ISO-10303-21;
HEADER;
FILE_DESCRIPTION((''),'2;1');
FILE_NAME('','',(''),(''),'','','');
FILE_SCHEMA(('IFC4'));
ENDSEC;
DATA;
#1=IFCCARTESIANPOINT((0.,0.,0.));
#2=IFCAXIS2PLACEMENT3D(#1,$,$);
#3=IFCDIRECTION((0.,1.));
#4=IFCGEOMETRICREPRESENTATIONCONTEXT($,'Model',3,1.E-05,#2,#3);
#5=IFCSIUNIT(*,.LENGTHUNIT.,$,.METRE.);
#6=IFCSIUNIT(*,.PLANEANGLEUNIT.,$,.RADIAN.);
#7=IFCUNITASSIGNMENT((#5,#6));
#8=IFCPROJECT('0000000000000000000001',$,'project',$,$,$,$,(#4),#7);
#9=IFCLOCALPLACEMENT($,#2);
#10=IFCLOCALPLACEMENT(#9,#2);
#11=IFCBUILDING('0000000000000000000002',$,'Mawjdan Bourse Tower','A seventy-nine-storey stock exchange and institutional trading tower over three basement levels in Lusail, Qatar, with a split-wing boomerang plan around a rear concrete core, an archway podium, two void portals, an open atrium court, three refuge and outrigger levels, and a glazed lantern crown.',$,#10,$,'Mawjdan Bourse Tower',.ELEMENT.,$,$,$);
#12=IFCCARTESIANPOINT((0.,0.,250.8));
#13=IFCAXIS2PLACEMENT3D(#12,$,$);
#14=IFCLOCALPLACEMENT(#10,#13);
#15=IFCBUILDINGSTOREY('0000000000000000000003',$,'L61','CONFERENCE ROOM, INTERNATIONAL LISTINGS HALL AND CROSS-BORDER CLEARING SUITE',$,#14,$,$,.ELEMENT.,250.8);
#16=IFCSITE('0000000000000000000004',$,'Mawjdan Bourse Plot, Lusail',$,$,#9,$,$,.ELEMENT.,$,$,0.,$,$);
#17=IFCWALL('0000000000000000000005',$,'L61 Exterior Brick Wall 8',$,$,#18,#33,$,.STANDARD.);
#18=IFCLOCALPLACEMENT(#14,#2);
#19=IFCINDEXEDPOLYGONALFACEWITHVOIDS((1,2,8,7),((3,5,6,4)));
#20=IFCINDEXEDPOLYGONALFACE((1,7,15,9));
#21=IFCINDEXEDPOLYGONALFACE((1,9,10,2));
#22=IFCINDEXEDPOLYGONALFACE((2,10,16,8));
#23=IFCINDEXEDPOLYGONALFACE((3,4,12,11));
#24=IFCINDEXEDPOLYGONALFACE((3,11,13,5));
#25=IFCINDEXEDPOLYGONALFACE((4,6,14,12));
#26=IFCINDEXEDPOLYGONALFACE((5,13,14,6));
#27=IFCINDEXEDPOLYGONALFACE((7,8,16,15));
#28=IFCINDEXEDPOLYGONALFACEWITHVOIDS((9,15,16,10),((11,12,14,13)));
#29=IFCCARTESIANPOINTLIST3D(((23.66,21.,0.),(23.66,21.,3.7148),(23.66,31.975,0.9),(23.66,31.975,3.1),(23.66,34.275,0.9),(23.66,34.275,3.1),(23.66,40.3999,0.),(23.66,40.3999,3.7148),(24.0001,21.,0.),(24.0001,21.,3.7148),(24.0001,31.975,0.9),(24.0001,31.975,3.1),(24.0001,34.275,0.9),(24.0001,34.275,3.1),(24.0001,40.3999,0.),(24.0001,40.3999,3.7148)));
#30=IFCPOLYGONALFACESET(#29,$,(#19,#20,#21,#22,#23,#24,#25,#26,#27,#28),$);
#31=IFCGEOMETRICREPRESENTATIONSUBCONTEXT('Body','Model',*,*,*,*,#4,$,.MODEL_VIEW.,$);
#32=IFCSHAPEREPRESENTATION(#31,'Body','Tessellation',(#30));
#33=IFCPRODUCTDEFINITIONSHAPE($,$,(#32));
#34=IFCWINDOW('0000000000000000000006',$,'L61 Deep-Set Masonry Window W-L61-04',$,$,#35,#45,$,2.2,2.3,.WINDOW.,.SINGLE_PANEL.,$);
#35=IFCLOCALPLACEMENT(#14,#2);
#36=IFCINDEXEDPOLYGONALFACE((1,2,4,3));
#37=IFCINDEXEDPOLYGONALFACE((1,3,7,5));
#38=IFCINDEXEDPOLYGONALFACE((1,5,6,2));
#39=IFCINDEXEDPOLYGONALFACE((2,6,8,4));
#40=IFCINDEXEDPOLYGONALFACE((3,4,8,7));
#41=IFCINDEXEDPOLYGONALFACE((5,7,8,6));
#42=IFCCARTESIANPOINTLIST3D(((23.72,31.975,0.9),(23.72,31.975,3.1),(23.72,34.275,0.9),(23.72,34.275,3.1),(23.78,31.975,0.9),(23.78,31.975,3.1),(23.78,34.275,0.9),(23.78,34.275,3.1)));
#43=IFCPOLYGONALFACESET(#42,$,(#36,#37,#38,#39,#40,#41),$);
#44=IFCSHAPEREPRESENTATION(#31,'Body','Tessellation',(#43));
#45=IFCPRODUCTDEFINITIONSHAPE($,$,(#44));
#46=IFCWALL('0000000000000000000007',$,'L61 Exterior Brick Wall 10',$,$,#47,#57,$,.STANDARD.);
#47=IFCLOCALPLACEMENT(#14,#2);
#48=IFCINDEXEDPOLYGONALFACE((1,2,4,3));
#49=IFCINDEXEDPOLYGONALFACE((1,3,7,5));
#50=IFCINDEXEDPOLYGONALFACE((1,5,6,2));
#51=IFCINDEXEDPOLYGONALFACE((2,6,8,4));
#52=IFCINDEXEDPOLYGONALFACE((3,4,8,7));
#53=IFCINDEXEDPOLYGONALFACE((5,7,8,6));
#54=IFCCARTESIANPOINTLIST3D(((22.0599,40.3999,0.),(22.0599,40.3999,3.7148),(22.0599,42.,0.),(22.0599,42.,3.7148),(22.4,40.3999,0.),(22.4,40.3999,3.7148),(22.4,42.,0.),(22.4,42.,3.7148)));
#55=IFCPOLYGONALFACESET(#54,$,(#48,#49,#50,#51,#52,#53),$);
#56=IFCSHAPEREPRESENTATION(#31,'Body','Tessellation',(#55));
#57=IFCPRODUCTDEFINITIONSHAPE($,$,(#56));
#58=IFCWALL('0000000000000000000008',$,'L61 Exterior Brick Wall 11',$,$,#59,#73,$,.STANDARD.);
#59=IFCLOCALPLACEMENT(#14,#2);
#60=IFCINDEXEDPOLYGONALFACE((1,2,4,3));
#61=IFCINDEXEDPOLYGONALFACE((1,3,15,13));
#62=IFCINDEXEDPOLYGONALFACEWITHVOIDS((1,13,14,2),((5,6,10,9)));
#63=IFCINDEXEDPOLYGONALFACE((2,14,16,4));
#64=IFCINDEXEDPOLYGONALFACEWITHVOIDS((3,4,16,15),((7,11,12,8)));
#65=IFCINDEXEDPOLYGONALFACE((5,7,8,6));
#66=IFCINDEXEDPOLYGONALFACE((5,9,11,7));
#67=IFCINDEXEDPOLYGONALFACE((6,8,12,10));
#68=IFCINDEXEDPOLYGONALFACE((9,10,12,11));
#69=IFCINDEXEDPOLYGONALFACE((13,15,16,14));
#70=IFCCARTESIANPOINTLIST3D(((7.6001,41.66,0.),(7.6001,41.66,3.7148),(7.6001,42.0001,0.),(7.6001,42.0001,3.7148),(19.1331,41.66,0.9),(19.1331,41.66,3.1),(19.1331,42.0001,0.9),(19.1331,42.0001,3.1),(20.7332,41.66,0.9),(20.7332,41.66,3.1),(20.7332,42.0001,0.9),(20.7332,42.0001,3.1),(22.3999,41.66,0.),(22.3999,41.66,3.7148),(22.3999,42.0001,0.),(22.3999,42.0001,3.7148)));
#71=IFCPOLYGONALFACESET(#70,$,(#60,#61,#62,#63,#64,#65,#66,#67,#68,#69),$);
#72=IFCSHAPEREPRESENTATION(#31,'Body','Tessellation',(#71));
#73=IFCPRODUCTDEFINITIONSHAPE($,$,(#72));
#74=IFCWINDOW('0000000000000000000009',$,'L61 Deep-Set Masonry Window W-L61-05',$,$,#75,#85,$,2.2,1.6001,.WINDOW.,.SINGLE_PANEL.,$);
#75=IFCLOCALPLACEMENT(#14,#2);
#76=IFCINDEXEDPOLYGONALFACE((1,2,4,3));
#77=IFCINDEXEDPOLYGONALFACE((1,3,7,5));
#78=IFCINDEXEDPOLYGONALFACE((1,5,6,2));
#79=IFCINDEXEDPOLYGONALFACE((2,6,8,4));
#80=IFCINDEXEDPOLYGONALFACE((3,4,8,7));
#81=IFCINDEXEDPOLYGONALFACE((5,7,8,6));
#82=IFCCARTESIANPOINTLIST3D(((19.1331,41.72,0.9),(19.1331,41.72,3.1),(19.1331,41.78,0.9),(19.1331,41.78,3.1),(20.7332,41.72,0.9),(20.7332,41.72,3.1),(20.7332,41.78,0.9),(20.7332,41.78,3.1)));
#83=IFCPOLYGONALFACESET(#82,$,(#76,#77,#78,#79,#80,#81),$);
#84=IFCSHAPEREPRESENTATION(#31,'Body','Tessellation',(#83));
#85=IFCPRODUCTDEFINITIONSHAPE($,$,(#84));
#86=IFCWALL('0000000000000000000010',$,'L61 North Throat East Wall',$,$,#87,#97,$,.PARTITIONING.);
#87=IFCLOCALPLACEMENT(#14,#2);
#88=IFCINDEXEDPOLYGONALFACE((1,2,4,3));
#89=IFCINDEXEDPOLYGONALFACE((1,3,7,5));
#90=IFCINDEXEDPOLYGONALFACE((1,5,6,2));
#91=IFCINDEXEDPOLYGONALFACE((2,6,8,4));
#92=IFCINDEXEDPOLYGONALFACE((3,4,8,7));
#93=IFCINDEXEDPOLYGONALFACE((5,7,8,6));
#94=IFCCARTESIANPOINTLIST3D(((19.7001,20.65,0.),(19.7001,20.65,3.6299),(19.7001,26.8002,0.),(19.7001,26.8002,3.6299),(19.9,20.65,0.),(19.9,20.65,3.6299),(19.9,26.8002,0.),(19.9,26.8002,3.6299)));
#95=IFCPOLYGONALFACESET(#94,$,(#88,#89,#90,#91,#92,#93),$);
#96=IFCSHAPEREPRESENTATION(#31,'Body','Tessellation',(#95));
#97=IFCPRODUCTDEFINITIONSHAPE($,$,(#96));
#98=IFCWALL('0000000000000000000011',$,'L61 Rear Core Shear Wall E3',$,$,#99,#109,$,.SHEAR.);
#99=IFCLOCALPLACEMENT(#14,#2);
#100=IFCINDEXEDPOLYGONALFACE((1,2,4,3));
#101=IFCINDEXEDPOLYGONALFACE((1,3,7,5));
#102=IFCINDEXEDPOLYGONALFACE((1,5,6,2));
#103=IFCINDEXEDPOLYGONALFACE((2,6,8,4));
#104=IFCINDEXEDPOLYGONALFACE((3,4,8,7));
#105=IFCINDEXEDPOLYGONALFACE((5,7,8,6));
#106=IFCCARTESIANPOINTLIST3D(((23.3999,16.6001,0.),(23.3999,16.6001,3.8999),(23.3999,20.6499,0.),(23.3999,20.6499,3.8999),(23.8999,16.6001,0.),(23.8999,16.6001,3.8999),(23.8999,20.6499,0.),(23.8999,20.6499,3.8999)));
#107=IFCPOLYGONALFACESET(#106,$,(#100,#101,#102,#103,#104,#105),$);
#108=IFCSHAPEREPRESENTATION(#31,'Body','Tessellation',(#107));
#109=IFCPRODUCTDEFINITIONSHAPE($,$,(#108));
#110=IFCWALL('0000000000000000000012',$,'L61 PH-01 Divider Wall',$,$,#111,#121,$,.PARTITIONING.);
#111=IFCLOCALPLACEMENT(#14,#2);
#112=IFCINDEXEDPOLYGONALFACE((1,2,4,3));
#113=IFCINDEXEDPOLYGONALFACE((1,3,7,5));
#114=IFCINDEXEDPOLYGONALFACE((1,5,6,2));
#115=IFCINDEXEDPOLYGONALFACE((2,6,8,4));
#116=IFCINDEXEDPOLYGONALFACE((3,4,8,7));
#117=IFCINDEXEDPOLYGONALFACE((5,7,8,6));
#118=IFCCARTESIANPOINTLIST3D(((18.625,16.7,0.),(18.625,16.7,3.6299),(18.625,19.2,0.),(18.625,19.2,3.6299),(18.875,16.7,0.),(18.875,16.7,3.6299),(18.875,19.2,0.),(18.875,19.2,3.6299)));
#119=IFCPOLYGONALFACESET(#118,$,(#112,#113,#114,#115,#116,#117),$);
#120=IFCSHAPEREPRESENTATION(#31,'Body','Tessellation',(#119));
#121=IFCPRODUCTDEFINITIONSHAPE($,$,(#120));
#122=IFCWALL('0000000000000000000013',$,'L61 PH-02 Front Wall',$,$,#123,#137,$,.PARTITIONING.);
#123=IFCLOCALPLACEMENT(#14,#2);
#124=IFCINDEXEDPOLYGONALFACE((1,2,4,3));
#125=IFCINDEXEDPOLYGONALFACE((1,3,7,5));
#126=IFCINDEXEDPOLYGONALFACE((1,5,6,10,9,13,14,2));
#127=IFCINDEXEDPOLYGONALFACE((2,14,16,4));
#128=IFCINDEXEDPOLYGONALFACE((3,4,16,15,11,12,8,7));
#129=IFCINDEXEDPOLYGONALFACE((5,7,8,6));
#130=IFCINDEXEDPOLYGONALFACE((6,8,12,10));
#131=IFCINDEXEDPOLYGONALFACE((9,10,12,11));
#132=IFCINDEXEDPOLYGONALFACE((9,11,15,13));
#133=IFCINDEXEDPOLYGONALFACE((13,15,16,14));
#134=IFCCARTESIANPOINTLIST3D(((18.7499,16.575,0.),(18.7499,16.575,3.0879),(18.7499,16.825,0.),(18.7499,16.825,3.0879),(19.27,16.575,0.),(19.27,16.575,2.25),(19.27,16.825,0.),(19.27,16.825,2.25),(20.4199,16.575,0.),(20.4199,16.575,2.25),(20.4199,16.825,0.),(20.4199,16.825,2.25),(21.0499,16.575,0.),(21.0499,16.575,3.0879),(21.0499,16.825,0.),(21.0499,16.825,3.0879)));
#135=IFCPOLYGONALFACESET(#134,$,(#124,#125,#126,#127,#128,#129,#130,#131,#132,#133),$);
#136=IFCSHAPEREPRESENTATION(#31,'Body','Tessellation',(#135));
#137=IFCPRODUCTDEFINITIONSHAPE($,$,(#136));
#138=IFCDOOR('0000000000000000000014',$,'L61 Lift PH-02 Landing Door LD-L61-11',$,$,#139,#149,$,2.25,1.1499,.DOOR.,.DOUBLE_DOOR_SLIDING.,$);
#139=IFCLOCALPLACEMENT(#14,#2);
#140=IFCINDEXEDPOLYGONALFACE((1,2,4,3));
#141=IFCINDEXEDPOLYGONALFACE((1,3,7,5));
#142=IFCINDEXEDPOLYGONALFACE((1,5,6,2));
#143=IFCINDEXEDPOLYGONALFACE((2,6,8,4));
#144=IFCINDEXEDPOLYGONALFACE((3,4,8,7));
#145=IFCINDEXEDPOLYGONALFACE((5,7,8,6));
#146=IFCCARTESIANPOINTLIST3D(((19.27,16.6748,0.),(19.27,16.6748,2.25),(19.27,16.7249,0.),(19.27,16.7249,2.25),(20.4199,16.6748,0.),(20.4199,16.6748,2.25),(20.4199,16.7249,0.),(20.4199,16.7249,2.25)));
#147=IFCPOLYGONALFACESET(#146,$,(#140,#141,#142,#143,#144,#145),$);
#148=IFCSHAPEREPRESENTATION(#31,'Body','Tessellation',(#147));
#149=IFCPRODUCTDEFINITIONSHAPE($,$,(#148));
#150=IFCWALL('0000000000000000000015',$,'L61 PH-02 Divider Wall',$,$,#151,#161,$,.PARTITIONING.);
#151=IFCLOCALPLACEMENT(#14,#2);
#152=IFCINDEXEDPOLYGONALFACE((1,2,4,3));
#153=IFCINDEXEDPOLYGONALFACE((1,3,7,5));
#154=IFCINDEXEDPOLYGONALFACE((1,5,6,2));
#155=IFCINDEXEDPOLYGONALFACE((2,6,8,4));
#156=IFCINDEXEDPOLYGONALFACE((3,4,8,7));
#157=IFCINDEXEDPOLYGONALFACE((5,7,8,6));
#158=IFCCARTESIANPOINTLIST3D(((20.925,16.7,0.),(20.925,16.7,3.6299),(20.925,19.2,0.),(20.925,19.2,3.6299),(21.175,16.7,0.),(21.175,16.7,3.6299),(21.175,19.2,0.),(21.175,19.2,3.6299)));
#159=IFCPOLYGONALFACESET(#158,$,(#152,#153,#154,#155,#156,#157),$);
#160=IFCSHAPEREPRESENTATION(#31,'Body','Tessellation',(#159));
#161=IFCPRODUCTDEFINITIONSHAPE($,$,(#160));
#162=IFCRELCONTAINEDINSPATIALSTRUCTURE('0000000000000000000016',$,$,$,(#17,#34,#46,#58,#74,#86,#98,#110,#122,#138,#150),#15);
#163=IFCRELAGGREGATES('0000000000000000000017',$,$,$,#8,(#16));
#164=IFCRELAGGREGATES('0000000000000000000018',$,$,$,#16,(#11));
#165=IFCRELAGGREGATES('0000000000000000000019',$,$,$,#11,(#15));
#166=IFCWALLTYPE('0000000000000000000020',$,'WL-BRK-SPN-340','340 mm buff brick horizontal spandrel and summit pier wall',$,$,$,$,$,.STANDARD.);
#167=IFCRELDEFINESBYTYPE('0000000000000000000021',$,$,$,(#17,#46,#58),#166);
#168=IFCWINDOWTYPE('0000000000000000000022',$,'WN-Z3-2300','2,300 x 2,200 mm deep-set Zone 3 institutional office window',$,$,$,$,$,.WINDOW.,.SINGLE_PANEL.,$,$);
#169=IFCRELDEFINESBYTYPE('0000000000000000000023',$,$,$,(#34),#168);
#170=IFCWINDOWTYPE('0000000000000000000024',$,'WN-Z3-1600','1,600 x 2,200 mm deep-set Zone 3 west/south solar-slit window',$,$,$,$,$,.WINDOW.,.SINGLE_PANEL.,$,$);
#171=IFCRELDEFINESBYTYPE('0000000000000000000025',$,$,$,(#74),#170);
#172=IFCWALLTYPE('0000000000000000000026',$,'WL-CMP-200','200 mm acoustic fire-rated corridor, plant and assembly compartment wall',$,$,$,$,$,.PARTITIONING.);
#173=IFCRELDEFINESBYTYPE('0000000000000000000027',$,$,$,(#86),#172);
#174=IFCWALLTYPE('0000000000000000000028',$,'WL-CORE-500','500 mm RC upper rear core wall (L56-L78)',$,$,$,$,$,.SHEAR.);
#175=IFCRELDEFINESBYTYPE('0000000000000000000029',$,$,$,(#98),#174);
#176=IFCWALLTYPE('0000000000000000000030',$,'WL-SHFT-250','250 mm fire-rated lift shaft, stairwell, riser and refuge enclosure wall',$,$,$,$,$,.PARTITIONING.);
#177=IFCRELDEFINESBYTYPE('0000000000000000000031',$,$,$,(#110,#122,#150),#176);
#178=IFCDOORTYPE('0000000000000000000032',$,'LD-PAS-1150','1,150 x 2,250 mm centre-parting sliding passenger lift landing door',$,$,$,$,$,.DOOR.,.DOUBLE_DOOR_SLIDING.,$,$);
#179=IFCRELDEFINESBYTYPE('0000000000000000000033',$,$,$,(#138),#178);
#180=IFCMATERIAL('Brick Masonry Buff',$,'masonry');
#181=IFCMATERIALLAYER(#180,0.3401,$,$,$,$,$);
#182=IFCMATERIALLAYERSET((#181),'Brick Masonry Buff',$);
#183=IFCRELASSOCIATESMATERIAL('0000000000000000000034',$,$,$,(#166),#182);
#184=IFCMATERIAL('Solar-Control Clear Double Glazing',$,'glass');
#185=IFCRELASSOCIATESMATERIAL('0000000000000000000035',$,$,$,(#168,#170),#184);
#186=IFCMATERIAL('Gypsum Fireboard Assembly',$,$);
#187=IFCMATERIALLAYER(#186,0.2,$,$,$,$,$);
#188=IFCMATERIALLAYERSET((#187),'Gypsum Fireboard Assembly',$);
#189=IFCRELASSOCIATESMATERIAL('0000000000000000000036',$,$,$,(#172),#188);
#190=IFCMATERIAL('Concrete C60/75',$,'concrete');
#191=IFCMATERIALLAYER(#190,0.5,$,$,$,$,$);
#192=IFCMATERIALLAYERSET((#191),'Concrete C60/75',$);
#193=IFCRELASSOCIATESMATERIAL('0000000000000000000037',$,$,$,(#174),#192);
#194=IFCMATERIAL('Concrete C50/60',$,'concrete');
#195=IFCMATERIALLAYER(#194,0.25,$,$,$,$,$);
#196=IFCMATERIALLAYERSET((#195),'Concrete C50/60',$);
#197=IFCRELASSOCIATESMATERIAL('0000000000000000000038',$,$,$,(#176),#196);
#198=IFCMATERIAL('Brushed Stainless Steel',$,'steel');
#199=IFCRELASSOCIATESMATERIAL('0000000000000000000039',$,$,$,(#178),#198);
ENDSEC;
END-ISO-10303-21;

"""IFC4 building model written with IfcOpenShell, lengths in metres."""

from ifc_helpers import new_model, si_unit, direction, frame, frame_2d, origin, place, context, subcontext, project, spatial, rectangle, extrude, material, layer, layer_set, type_object, element, fill, save


model = new_model("IFC4")

# Units and contexts
model_context = context("Model", 3, precision=1e-05, world=origin(), true_north=direction((0.0, 1.0)))
body_context = subcontext(model_context, "Body", "Model", "MODEL_VIEW")
ifc_project = project(units=[si_unit("LENGTHUNIT", "METRE"), si_unit("PLANEANGLEUNIT", "RADIAN")], contexts=[model_context])

# Site, building, storey
site_placement = place(None, origin())
site = spatial("IfcSite", under=ifc_project, at=site_placement, Name="Mawjdan Bourse Plot, Lusail", CompositionType="ELEMENT", RefElevation=0.0)
building_placement = place(site_placement, origin())
building = spatial("IfcBuilding", under=site, at=building_placement, Name="Mawjdan Bourse Tower", Description="A seventy-nine-storey stock exchange and institutional trading tower over three basement levels in Lusail, Qatar, with a split-wing boomerang plan around a rear concrete core, an archway podium, two void portals, an open atrium court, three refuge and outrigger levels, and a glazed lantern crown.", LongName="Mawjdan Bourse Tower", CompositionType="ELEMENT")
storey_placement = place(building_placement, frame((0.0, 0.0, 250.8)))
storey = spatial("IfcBuildingStorey", under=building, at=storey_placement, Name="L61", Description="CONFERENCE ROOM, INTERNATIONAL LISTINGS HALL AND CROSS-BORDER CLEARING SUITE", CompositionType="ELEMENT", Elevation=250.8)

# Shared definitions
ifc_material_1 = material(Name="Concrete C60/75", Category="concrete")

# Wall, opening, window
ifc_material_2 = material(Name="Brick Masonry Buff", Category="masonry")
ifc_layer_1 = layer(ifc_material_2, 0.3401)
ifc_layer_set_1 = layer_set([ifc_layer_1], Name="Brick Masonry Buff")
wall_type_1 = type_object("IfcWallType", Name="WL-BRK-SPN-340", Description="340 mm buff brick horizontal spandrel and summit pier wall", PredefinedType="STANDARD", material=ifc_layer_set_1)
wall_1_placement = place(storey_placement, frame((23.8301, 21.0, 0.0), z_axis=(0.0, 0.0, 1.0), x_axis=(0.0, 1.0, 0.0)))
wall_1 = element("IfcWall", 1, at=wall_1_placement, inside=storey, type_object=wall_type_1, Name="L61 Exterior Brick Wall 8", PredefinedType="STANDARD", context=body_context, shape_type="SweptSolid", body=[
    extrude(rectangle(XDim=19.3999, YDim=0.3401, at=frame_2d((9.7, 0.0))), origin(), (0.0, 0.0, 1.0), 3.7148),
])
opening_1_placement = place(wall_1_placement, frame((10.9751, 0.0, 0.8999)))
opening_1 = element("IfcOpeningElement", 2, at=opening_1_placement, cuts=wall_1, PredefinedType="OPENING", context=body_context, shape_type="SweptSolid", body=[
    extrude(rectangle(XDim=2.3, YDim=2.2, at=frame_2d((1.1499, 1.1001))), frame((0.0, 0.1802, 0.0), z_axis=(0.0, -1.0, 0.0), x_axis=(1.0, 0.0, 0.0)), (0.0, 0.0, 1.0), 0.3601),
])
ifc_material_3 = material(Name="Solar-Control Clear Double Glazing", Category="glass")
window_type_1 = type_object("IfcWindowType", Name="WN-Z3-2300", Description="2,300 x 2,200 mm deep-set Zone 3 institutional office window", PartitioningType="SINGLE_PANEL", PredefinedType="WINDOW", material=ifc_material_3)
window_1_placement = place(opening_1_placement, origin())
window_1 = element("IfcWindow", 3, at=window_1_placement, inside=storey, type_object=window_type_1, Name="L61 Deep-Set Masonry Window W-L61-04", OverallHeight=2.2, OverallWidth=2.3, PartitioningType="SINGLE_PANEL", PredefinedType="WINDOW", context=body_context, shape_type="SweptSolid", body=[
    extrude(rectangle(XDim=2.3, YDim=2.2, at=frame_2d((1.1499, 1.1001))), frame((0.0, 0.1101, 0.0), z_axis=(0.0, -1.0, 0.0), x_axis=(1.0, 0.0, 0.0)), (0.0, 0.0, 1.0), 0.0601),
])
fill(opening_1, window_1)

# Wall
wall_2_placement = place(storey_placement, frame((22.23, 40.3999, 0.0), z_axis=(0.0, 0.0, 1.0), x_axis=(0.0, 1.0, 0.0)))
element("IfcWall", 4, at=wall_2_placement, inside=storey, type_object=wall_type_1, Name="L61 Exterior Brick Wall 10", PredefinedType="STANDARD", context=body_context, shape_type="SweptSolid", body=[
    extrude(rectangle(XDim=1.6001, YDim=0.3401, at=frame_2d((0.8, 0.0))), origin(), (0.0, 0.0, 1.0), 3.7148),
])

# Wall, opening, window
wall_3_placement = place(storey_placement, frame((22.3999, 41.8301, 0.0), z_axis=(0.0, 0.0, 1.0), x_axis=(-1.0, 0.0, 0.0)))
wall_3 = element("IfcWall", 5, at=wall_3_placement, inside=storey, type_object=wall_type_1, Name="L61 Exterior Brick Wall 11", PredefinedType="STANDARD", context=body_context, shape_type="SweptSolid", body=[
    extrude(rectangle(XDim=14.7998, YDim=0.3401, at=frame_2d((7.3999, 0.0))), origin(), (0.0, 0.0, 1.0), 3.7148),
])
opening_2_placement = place(wall_3_placement, frame((1.6667, 0.0, 0.8999)))
opening_2 = element("IfcOpeningElement", 6, at=opening_2_placement, cuts=wall_3, PredefinedType="OPENING", context=body_context, shape_type="SweptSolid", body=[
    extrude(rectangle(XDim=1.6001, YDim=2.2, at=frame_2d((0.8, 1.1001))), frame((0.0, 0.1802, 0.0), z_axis=(0.0, -1.0, 0.0), x_axis=(1.0, 0.0, 0.0)), (0.0, 0.0, 1.0), 0.3601),
])
window_type_2 = type_object("IfcWindowType", Name="WN-Z3-1600", Description="1,600 x 2,200 mm deep-set Zone 3 west/south solar-slit window", PartitioningType="SINGLE_PANEL", PredefinedType="WINDOW", material=ifc_material_3)
window_2_placement = place(opening_2_placement, origin())
window_2 = element("IfcWindow", 7, at=window_2_placement, inside=storey, type_object=window_type_2, Name="L61 Deep-Set Masonry Window W-L61-05", OverallHeight=2.2, OverallWidth=1.6001, PartitioningType="SINGLE_PANEL", PredefinedType="WINDOW", context=body_context, shape_type="SweptSolid", body=[
    extrude(rectangle(XDim=1.6001, YDim=2.2, at=frame_2d((0.8, 1.1001))), frame((0.0, 0.1101, 0.0), z_axis=(0.0, -1.0, 0.0), x_axis=(1.0, 0.0, 0.0)), (0.0, 0.0, 1.0), 0.0601),
])
fill(opening_2, window_2)

# Shared definitions
ifc_material_4 = material(Name="Gypsum Fireboard Assembly")
ifc_layer_2 = layer(ifc_material_4, 0.2)
ifc_layer_set_2 = layer_set([ifc_layer_2], Name="Gypsum Fireboard Assembly")
wall_type_2 = type_object("IfcWallType", Name="WL-CMP-200", Description="200 mm acoustic fire-rated corridor, plant and assembly compartment wall", PredefinedType="PARTITIONING", material=ifc_layer_set_2)

# Walls
wall_4_placement = place(storey_placement, frame((19.8, 20.6499, 0.0), z_axis=(0.0, 0.0, 1.0), x_axis=(0.0, 1.0, 0.0)))
element("IfcWall", 8, at=wall_4_placement, inside=storey, type_object=wall_type_2, Name="L61 North Throat East Wall", PredefinedType="PARTITIONING", context=body_context, shape_type="SweptSolid", body=[
    extrude(rectangle(XDim=6.1501, YDim=0.2, at=frame_2d((3.0752, 0.0))), origin(), (0.0, 0.0, 1.0), 3.6299),
])
ifc_layer_3 = layer(ifc_material_1, 0.5)
ifc_layer_set_3 = layer_set([ifc_layer_3], Name="Concrete C60/75")
wall_type_3 = type_object("IfcWallType", Name="WL-CORE-500", Description="500 mm RC upper rear core wall (L56-L78)", PredefinedType="SHEAR", material=ifc_layer_set_3)
wall_5_placement = place(storey_placement, frame((23.6499, 16.6001, 0.0), z_axis=(0.0, 0.0, 1.0), x_axis=(0.0, 1.0, 0.0)))
element("IfcWall", 9, at=wall_5_placement, inside=storey, type_object=wall_type_3, Name="L61 Rear Core Shear Wall E3", PredefinedType="SHEAR", context=body_context, shape_type="SweptSolid", body=[
    extrude(rectangle(XDim=4.0498, YDim=0.5, at=frame_2d((2.0249, 0.0))), origin(), (0.0, 0.0, 1.0), 3.8999),
])
ifc_material_5 = material(Name="Concrete C50/60", Category="concrete")
ifc_layer_4 = layer(ifc_material_5, 0.25)
ifc_layer_set_4 = layer_set([ifc_layer_4], Name="Concrete C50/60")
wall_type_4 = type_object("IfcWallType", Name="WL-SHFT-250", Description="250 mm fire-rated lift shaft, stairwell, riser and refuge enclosure wall", PredefinedType="PARTITIONING", material=ifc_layer_set_4)
wall_6_placement = place(storey_placement, frame((18.75, 16.7, 0.0), z_axis=(0.0, 0.0, 1.0), x_axis=(0.0, 1.0, 0.0)))
element("IfcWall", 10, at=wall_6_placement, inside=storey, type_object=wall_type_4, Name="L61 PH-01 Divider Wall", PredefinedType="PARTITIONING", context=body_context, shape_type="SweptSolid", body=[
    extrude(rectangle(XDim=2.5, YDim=0.25, at=frame_2d((1.25, 0.0))), origin(), (0.0, 0.0, 1.0), 3.6299),
])

# Wall, opening, door
wall_7_placement = place(storey_placement, frame((18.75, 16.7, 0.0), z_axis=(0.0, 0.0, 1.0), x_axis=(1.0, 0.0, 0.0)))
wall_7 = element("IfcWall", 11, at=wall_7_placement, inside=storey, type_object=wall_type_4, Name="L61 PH-02 Front Wall", PredefinedType="PARTITIONING", context=body_context, shape_type="SweptSolid", body=[
    extrude(rectangle(XDim=2.3, YDim=0.25, at=frame_2d((1.1499, 0.0))), origin(), (0.0, 0.0, 1.0), 3.0879),
])
opening_3_placement = place(wall_7_placement, frame((0.52, 0.0, 0.0)))
opening_3 = element("IfcOpeningElement", 12, at=opening_3_placement, cuts=wall_7, PredefinedType="OPENING", context=body_context, shape_type="SweptSolid", body=[
    extrude(rectangle(XDim=1.1499, YDim=2.25, at=frame_2d((0.575, 1.125))), frame((0.0, 0.135, 0.0), z_axis=(0.0, -1.0, 0.0), x_axis=(1.0, 0.0, 0.0)), (0.0, 0.0, 1.0), 0.27),
])
ifc_material_6 = material(Name="Brushed Stainless Steel", Category="steel")
door_type_1 = type_object("IfcDoorType", Name="LD-PAS-1150", Description="1,150 x 2,250 mm centre-parting sliding passenger lift landing door", OperationType="DOUBLE_DOOR_SLIDING", PredefinedType="DOOR", material=ifc_material_6)
door_1_placement = place(opening_3_placement, origin())
door_1 = element("IfcDoor", 13, at=door_1_placement, inside=storey, type_object=door_type_1, Name="L61 Lift PH-02 Landing Door LD-L61-11", OperationType="DOUBLE_DOOR_SLIDING", OverallHeight=2.25, OverallWidth=1.1499, PredefinedType="DOOR", context=body_context, shape_type="SweptSolid", body=[
    extrude(rectangle(XDim=1.1499, YDim=2.25, at=frame_2d((0.575, 1.125))), frame((0.0, 0.0249, 0.0), z_axis=(0.0, -1.0, 0.0), x_axis=(1.0, 0.0, 0.0)), (0.0, 0.0, 1.0), 0.05),
])
fill(opening_3, door_1)

# Wall
wall_8_placement = place(storey_placement, frame((21.05, 16.7, 0.0), z_axis=(0.0, 0.0, 1.0), x_axis=(0.0, 1.0, 0.0)))
element("IfcWall", 14, at=wall_8_placement, inside=storey, type_object=wall_type_4, Name="L61 PH-02 Divider Wall", PredefinedType="PARTITIONING", context=body_context, shape_type="SweptSolid", body=[
    extrude(rectangle(XDim=2.5, YDim=0.25, at=frame_2d((1.25, 0.0))), origin(), (0.0, 0.0, 1.0), 3.6299),
])

save(model, "model.ifc")
